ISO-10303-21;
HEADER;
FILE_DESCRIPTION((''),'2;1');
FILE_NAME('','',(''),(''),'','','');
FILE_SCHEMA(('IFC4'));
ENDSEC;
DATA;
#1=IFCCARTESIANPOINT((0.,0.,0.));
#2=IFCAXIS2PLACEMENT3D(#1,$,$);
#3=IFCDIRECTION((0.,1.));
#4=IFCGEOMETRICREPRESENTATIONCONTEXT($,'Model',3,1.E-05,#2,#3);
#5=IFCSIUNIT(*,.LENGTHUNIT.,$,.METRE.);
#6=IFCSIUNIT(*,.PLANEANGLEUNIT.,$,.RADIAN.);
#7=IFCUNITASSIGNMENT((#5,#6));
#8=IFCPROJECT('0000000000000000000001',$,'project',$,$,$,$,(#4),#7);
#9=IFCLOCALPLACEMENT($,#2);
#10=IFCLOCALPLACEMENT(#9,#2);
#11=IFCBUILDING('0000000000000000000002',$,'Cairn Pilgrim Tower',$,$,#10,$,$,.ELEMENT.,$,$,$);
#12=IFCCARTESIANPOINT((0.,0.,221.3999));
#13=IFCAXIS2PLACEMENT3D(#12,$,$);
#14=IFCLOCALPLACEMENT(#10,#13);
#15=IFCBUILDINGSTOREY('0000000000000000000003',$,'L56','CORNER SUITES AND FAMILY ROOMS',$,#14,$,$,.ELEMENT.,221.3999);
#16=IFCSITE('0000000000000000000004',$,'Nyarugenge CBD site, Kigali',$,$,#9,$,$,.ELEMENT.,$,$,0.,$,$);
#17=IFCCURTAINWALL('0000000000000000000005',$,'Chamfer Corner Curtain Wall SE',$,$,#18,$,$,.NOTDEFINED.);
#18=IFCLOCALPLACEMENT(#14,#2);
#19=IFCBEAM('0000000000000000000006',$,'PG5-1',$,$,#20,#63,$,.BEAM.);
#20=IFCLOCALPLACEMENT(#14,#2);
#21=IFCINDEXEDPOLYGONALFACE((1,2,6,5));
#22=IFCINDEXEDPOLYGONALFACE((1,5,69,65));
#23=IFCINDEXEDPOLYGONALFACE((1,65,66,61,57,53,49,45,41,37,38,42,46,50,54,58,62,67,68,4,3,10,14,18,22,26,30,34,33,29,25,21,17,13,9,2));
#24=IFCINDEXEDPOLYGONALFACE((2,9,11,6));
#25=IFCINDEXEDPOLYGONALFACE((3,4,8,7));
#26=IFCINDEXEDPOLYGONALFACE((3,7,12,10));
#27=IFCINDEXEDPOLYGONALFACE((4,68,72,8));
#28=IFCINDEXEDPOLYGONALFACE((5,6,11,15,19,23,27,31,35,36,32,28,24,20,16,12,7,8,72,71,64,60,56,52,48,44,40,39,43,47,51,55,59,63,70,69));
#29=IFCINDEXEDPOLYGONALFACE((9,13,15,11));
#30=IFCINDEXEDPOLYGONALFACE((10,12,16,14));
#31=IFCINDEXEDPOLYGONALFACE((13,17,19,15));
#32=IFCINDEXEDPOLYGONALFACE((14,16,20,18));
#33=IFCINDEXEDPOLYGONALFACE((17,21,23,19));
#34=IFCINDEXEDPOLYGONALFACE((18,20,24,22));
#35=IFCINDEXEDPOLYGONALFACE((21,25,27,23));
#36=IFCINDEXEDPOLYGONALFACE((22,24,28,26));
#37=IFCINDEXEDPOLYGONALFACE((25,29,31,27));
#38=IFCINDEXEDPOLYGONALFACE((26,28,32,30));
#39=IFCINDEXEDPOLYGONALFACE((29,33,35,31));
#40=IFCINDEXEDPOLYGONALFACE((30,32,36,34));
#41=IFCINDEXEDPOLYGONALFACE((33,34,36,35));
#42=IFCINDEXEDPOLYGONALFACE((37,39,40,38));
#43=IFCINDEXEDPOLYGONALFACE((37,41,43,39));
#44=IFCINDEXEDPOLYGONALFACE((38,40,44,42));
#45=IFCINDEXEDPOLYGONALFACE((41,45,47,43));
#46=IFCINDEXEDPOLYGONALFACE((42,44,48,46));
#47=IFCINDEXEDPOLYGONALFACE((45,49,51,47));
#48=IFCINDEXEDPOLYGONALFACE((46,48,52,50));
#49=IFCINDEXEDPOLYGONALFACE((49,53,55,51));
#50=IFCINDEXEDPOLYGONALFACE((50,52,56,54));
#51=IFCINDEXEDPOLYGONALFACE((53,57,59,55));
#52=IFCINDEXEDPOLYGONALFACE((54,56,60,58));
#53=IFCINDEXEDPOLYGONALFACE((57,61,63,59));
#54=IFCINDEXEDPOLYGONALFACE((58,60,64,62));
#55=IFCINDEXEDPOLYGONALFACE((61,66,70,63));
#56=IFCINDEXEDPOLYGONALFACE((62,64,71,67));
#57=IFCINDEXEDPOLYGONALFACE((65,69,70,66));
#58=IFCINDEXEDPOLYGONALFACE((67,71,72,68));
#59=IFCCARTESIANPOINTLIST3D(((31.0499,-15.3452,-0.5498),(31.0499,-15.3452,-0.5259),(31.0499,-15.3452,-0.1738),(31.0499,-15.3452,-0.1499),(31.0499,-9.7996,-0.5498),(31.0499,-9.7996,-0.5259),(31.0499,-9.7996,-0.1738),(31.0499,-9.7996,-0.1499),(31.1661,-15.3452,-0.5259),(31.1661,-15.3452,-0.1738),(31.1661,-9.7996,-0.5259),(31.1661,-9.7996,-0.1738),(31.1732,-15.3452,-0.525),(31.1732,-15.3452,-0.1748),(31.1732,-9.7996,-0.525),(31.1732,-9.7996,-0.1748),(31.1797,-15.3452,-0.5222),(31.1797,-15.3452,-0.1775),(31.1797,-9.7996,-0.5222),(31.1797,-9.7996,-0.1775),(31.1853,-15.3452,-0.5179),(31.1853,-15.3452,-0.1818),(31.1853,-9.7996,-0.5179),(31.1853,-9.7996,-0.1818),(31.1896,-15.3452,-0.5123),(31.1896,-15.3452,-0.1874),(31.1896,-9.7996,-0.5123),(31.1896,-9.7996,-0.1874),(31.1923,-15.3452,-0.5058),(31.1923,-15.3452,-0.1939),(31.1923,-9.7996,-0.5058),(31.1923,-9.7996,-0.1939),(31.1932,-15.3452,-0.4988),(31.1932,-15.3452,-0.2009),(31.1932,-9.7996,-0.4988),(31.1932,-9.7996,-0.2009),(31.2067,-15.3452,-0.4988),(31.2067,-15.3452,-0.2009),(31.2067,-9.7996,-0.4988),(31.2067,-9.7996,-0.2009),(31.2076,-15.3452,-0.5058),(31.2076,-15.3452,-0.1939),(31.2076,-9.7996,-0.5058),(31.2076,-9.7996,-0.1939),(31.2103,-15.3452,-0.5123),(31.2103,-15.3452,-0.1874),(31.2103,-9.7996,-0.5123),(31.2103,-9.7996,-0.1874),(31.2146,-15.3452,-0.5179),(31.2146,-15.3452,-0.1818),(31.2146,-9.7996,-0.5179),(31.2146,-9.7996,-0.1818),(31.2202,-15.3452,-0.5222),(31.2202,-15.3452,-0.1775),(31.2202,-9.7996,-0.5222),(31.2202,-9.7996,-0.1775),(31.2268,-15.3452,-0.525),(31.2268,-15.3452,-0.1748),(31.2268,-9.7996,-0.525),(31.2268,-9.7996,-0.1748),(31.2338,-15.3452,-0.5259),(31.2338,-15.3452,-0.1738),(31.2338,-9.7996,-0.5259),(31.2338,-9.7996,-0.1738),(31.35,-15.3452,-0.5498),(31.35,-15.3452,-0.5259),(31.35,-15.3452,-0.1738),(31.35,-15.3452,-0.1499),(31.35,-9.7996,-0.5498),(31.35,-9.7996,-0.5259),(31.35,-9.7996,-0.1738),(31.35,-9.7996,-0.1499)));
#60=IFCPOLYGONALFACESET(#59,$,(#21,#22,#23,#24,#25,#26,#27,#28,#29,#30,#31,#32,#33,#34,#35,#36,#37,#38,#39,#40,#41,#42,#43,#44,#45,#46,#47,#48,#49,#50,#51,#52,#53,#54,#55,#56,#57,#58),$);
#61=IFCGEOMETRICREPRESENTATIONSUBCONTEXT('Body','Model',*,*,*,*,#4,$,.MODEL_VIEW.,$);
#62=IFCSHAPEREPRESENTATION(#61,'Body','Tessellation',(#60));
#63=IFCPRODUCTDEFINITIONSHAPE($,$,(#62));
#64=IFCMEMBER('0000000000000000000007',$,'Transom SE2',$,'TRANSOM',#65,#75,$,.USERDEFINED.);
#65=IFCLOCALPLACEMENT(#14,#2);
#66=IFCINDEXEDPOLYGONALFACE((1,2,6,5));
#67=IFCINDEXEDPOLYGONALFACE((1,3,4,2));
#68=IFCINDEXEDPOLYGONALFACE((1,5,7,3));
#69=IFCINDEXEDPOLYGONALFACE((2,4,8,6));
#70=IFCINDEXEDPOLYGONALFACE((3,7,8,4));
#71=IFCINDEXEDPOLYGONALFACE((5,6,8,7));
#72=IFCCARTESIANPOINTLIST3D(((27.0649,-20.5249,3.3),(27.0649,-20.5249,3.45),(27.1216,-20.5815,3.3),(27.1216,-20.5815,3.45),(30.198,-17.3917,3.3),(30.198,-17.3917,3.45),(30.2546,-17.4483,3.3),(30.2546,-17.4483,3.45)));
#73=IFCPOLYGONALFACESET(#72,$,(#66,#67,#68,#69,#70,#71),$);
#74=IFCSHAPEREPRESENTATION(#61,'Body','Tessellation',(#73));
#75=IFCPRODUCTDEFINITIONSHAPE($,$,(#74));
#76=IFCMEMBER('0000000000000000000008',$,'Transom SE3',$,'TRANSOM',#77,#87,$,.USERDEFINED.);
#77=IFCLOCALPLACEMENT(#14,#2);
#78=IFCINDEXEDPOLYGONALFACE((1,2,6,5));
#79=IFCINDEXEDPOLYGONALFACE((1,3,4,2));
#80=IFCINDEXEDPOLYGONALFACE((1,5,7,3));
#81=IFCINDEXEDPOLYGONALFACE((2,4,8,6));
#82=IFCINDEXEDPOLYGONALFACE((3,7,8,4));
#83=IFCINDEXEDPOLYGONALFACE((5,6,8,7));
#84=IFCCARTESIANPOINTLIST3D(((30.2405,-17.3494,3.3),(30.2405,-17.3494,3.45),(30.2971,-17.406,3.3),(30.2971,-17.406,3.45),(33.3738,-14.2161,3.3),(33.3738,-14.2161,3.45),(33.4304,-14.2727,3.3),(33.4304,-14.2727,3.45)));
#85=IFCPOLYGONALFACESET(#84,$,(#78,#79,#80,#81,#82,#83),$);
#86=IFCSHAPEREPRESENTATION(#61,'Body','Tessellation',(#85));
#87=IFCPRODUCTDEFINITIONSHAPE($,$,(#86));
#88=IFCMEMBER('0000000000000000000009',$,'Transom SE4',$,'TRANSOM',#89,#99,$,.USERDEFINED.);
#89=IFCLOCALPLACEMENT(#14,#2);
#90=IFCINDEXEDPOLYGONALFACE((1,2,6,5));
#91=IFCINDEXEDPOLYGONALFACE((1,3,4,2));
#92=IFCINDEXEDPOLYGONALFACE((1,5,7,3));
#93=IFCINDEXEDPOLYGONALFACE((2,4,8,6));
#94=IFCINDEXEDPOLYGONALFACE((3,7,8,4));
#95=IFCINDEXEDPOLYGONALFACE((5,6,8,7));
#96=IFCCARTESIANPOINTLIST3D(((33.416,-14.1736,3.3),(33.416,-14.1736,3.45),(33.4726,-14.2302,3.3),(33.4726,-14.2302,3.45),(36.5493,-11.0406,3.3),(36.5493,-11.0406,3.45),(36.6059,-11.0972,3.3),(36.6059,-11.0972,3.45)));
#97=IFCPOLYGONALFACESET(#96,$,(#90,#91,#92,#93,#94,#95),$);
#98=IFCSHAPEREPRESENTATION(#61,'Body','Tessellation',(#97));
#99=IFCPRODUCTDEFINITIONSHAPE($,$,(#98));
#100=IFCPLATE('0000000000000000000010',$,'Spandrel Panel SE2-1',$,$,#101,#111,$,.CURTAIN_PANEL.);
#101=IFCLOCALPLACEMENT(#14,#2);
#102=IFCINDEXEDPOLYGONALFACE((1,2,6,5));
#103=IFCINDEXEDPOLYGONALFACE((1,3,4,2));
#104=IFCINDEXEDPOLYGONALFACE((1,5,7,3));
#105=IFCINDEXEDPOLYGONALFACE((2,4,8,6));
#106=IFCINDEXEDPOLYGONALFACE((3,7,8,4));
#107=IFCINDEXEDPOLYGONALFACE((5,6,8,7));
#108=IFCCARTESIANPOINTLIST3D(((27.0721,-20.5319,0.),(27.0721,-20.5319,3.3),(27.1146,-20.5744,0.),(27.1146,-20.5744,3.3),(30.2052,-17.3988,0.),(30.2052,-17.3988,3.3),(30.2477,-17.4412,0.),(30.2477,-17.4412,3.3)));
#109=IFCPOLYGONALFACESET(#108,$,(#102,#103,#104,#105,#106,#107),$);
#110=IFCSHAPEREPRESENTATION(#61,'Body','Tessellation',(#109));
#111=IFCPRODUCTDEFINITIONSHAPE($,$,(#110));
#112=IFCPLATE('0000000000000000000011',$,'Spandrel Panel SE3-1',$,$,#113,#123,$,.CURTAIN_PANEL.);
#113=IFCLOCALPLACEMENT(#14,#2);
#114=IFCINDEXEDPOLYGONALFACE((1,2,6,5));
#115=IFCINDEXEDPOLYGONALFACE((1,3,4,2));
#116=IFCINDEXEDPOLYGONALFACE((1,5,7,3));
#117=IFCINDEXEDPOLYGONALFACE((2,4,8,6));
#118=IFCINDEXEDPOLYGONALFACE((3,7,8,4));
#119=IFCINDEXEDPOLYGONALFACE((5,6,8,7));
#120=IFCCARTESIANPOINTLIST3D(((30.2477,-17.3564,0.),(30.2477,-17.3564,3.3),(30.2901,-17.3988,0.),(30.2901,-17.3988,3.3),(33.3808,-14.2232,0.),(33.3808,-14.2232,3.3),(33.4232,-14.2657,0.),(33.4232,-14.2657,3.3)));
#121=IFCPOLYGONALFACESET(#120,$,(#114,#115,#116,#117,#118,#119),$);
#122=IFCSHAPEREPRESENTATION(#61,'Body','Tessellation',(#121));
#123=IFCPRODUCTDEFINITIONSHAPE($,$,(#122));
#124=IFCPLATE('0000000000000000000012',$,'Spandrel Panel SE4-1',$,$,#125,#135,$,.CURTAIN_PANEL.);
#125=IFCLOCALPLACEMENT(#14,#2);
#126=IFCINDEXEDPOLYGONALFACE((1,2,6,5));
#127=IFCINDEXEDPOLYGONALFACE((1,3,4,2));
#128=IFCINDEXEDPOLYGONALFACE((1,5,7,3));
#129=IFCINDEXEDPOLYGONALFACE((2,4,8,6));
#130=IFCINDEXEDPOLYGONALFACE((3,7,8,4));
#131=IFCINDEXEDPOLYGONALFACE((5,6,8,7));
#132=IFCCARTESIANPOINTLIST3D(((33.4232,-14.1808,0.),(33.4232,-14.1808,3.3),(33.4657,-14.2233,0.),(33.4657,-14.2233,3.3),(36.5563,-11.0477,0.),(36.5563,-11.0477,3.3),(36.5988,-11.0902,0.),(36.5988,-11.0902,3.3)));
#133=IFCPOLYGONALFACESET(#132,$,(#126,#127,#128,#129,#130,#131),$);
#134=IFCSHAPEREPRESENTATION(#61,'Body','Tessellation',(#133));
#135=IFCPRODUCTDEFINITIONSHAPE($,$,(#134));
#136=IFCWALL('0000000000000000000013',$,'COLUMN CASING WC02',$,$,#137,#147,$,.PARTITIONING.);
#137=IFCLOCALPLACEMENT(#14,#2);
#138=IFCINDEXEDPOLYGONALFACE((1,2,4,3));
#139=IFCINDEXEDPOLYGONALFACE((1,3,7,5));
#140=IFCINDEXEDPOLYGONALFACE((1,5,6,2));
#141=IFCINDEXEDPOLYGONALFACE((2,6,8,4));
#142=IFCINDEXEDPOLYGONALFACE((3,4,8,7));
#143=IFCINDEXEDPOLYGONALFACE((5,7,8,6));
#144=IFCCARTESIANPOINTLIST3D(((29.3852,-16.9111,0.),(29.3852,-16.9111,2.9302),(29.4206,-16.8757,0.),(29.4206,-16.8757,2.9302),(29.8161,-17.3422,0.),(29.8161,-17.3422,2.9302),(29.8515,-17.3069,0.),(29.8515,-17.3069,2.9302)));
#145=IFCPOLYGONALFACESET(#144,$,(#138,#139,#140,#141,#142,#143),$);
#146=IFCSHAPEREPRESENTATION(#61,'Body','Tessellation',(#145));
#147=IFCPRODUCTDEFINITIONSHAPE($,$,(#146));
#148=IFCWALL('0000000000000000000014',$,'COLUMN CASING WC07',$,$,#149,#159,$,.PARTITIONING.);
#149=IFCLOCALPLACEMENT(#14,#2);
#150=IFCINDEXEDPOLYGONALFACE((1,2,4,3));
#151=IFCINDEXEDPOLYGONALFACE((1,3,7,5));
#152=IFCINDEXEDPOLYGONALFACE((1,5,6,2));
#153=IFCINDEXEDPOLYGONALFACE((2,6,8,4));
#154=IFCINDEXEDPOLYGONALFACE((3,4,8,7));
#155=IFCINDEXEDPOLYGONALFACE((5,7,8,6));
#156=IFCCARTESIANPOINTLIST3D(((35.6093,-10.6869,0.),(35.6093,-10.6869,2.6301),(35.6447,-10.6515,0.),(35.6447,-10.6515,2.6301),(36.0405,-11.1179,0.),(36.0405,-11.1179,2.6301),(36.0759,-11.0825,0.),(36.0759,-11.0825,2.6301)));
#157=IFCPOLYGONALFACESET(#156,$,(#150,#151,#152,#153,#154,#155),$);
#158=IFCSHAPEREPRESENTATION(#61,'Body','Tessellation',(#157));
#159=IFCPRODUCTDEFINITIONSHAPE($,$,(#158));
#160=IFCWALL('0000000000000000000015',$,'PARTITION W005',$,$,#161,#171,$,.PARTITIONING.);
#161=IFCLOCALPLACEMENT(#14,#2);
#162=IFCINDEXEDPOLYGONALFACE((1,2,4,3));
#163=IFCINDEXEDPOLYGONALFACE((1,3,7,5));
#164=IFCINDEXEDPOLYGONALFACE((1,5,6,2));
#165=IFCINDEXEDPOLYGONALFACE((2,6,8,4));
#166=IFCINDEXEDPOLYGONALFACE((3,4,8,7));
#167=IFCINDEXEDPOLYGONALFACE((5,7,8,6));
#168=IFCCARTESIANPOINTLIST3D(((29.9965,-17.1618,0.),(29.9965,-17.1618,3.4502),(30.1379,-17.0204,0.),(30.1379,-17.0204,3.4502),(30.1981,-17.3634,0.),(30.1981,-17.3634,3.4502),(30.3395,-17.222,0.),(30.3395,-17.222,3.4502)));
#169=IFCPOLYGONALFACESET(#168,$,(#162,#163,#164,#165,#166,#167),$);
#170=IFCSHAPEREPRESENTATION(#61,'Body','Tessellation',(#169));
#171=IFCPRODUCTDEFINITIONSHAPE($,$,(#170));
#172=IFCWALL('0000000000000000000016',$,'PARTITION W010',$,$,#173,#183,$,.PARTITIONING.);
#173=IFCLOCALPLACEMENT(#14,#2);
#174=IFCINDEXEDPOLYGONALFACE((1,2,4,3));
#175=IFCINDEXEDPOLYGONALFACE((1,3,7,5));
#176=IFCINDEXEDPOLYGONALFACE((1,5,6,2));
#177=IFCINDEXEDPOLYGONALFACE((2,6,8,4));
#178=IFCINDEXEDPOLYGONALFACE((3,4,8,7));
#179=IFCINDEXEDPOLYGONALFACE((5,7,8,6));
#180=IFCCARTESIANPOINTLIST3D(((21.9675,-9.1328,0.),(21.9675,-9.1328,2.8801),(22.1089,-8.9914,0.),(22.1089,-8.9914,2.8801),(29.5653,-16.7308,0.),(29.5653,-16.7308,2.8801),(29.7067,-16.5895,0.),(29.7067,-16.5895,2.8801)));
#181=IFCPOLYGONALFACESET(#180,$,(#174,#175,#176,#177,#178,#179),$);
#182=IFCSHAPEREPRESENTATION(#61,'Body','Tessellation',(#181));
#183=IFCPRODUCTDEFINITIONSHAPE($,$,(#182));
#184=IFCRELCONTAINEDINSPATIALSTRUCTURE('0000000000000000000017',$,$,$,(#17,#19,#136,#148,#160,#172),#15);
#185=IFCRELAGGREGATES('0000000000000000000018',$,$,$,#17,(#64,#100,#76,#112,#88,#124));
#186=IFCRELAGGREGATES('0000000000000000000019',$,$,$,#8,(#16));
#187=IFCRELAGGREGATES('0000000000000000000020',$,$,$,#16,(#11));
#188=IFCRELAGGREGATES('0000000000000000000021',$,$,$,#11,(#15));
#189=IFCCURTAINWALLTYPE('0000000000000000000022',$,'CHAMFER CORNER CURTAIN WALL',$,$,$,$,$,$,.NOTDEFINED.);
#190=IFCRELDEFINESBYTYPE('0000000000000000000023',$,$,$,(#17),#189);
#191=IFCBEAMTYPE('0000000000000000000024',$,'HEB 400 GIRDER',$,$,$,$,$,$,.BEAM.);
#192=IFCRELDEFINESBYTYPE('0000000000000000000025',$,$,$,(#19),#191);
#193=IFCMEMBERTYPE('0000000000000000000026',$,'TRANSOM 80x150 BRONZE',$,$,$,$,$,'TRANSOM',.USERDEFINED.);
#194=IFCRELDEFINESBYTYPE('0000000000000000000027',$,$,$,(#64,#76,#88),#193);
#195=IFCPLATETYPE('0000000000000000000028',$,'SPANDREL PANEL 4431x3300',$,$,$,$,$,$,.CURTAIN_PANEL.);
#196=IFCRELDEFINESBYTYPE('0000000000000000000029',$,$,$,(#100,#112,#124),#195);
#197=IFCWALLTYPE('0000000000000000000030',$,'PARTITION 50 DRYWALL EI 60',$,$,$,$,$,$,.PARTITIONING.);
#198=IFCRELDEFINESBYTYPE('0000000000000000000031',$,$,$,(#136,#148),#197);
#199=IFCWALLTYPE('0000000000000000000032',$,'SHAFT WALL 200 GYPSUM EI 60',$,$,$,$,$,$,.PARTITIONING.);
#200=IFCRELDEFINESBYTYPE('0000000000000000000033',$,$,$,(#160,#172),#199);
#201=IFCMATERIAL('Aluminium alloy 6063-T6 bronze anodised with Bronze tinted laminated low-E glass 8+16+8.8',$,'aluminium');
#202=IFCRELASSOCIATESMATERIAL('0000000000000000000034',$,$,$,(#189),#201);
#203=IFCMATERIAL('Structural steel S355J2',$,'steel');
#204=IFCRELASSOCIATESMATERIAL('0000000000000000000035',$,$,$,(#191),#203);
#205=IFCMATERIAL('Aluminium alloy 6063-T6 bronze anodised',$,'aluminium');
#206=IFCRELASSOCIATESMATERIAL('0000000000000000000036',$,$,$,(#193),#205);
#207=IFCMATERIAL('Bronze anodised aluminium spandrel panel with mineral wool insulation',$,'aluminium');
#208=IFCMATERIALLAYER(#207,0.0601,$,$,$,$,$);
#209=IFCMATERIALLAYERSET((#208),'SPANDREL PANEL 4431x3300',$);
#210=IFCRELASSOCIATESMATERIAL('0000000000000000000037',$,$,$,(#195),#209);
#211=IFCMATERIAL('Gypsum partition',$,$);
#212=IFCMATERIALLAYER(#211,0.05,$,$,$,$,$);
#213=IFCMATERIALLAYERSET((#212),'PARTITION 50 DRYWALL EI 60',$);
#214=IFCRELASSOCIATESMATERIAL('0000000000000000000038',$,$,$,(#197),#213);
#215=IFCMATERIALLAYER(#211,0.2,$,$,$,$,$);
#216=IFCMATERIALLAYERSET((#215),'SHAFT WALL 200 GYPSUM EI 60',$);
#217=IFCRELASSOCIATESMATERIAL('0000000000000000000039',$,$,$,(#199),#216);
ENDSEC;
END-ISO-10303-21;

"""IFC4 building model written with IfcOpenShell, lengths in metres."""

from ifc_helpers import new_model, si_unit, direction, frame, frame_2d, origin, origin_2d, place, context, subcontext, project, spatial, rectangle, i_section, extrude, material, layer, layer_set, material_profile, profile_set, type_object, element, aggregate, save


model = new_model("IFC4")

# Units and contexts
model_context = context("Model", 3, precision=1e-05, world=origin(), true_north=direction((0.0, 1.0)))
body_context = subcontext(model_context, "Body", "Model", "MODEL_VIEW")
ifc_project = project(units=[si_unit("LENGTHUNIT", "METRE"), si_unit("PLANEANGLEUNIT", "RADIAN")], contexts=[model_context])

# Site, building, storey
site_placement = place(None, origin())
site = spatial("IfcSite", under=ifc_project, at=site_placement, Name="Nyarugenge CBD site, Kigali", CompositionType="ELEMENT", RefElevation=0.0)
building_placement = place(site_placement, origin())
building = spatial("IfcBuilding", under=site, at=building_placement, Name="Cairn Pilgrim Tower", CompositionType="ELEMENT")
storey_placement = place(building_placement, frame((0.0, 0.0, 221.3999)))
storey = spatial("IfcBuildingStorey", under=building, at=storey_placement, Name="L56", Description="CORNER SUITES AND FAMILY ROOMS", CompositionType="ELEMENT", Elevation=221.3999)

# Shared definitions
ifc_material_1 = material(Name="Structural steel S355J2", Category="steel")

# Curtain wall
ifc_material_2 = material(Name="Aluminium alloy 6063-T6 bronze anodised with Bronze tinted laminated low-E glass 8+16+8.8", Category="aluminium")
curtain_wall_type = type_object("IfcCurtainWallType", Name="CHAMFER CORNER CURTAIN WALL", PredefinedType="NOTDEFINED", material=ifc_material_2)
curtain_wall_placement = place(storey_placement, origin())
curtain_wall = element("IfcCurtainWall", 1, at=curtain_wall_placement, inside=storey, type_object=curtain_wall_type, Name="Chamfer Corner Curtain Wall SE", PredefinedType="NOTDEFINED")
ifc_material_3 = material(Name="Aluminium alloy 6063-T6 bronze anodised", Category="aluminium")

# Beam
ifc_material_profile_1 = material_profile(ifc_material_1, i_section(OverallWidth=0.3, OverallDepth=0.3999, WebThickness=0.0134, FlangeThickness=0.0239, FilletRadius=0.0271, at=origin_2d()), Name="HEB 400")
ifc_profile_set_1 = profile_set([ifc_material_profile_1], Name="Structural steel S355J2")
beam_type_1 = type_object("IfcBeamType", Name="HEB 400 GIRDER", PredefinedType="BEAM", material=ifc_profile_set_1)
beam_1_placement = place(storey_placement, frame((31.2, -15.3452, -0.3499), z_axis=(0.0, 1.0, 0.0), x_axis=(-1.0, 0.0, 0.0)))
element("IfcBeam", 2, at=beam_1_placement, inside=storey, type_object=beam_type_1, Name="PG5-1", PredefinedType="BEAM", context=body_context, shape_type="SweptSolid", body=[
    extrude(i_section(OverallWidth=0.3, OverallDepth=0.3999, WebThickness=0.0134, FlangeThickness=0.0239, FilletRadius=0.0271, at=origin_2d()), origin(), (0.0, 0.0, 1.0), 5.5457),
])

# Members
ifc_material_profile_2 = material_profile(ifc_material_3, rectangle(XDim=0.0801, YDim=0.1499, at=origin_2d()), Name="TRANSOM 80x150 BRONZE")
ifc_profile_set_2 = profile_set([ifc_material_profile_2], Name="Aluminium alloy 6063-T6 bronze anodised")
member_type_1 = type_object("IfcMemberType", Name="TRANSOM 80x150 BRONZE", ElementType="TRANSOM", PredefinedType="USERDEFINED", material=ifc_profile_set_2)
member_1_placement = place(storey_placement, frame((27.0933, -20.5532, 3.375), z_axis=(0.707079, 0.707134, 0.0), x_axis=(-0.707134, 0.707079, 0.0)))
member_1 = element("IfcMember", 3, at=member_1_placement, type_object=member_type_1, Name="Transom SE2", ObjectType="TRANSOM", PredefinedType="USERDEFINED", context=body_context, shape_type="SweptSolid", body=[
    extrude(rectangle(XDim=0.0801, YDim=0.1499, at=origin_2d()), origin(), (0.0, 0.0, 1.0), 4.4309),
])
member_2_placement = place(storey_placement, frame((30.2688, -17.3777, 3.375), z_axis=(0.707107, 0.707107, 0.0), x_axis=(-0.707107, 0.707107, 0.0)))
member_2 = element("IfcMember", 4, at=member_2_placement, type_object=member_type_1, Name="Transom SE3", ObjectType="TRANSOM", PredefinedType="USERDEFINED", context=body_context, shape_type="SweptSolid", body=[
    extrude(rectangle(XDim=0.0801, YDim=0.1499, at=origin_2d()), origin(), (0.0, 0.0, 1.0), 4.4312),
])
member_3_placement = place(storey_placement, frame((33.4443, -14.2019, 3.375), z_axis=(0.707134, 0.707079, 0.0), x_axis=(-0.707079, 0.707134, 0.0)))
member_3 = element("IfcMember", 5, at=member_3_placement, type_object=member_type_1, Name="Transom SE4", ObjectType="TRANSOM", PredefinedType="USERDEFINED", context=body_context, shape_type="SweptSolid", body=[
    extrude(rectangle(XDim=0.0801, YDim=0.1499, at=origin_2d()), origin(), (0.0, 0.0, 1.0), 4.4309),
])

# Plates
ifc_material_4 = material(Name="Bronze anodised aluminium spandrel panel with mineral wool insulation", Category="aluminium")
ifc_layer_1 = layer(ifc_material_4, 0.0601)
ifc_layer_set_1 = layer_set([ifc_layer_1], Name="SPANDREL PANEL 4431x3300")
plate_type = type_object("IfcPlateType", Name="SPANDREL PANEL 4431x3300", PredefinedType="CURTAIN_PANEL", material=ifc_layer_set_1)
plate_1_placement = place(storey_placement, frame((28.6599, -18.9866, 0.0), z_axis=(0.0, 0.0, 1.0), x_axis=(0.707107, 0.707107, 0.0)))
plate_1 = element("IfcPlate", 6, at=plate_1_placement, type_object=plate_type, Name="Spandrel Panel SE2-1", PredefinedType="CURTAIN_PANEL", context=body_context, shape_type="SweptSolid", body=[
    extrude(rectangle(XDim=4.4309, YDim=0.0601, at=origin_2d()), origin(), (0.0, 0.0, 1.0), 3.3),
])
plate_2_placement = place(storey_placement, frame((31.8354, -15.811, 0.0), z_axis=(0.0, 0.0, 1.0), x_axis=(0.707107, 0.707107, 0.0)))
plate_2 = element("IfcPlate", 7, at=plate_2_placement, type_object=plate_type, Name="Spandrel Panel SE3-1", PredefinedType="CURTAIN_PANEL", context=body_context, shape_type="SweptSolid", body=[
    extrude(rectangle(XDim=4.4309, YDim=0.0601, at=origin_2d()), origin(), (0.0, 0.0, 1.0), 3.3),
])
plate_3_placement = place(storey_placement, frame((35.011, -12.6355, 0.0), z_axis=(0.0, 0.0, 1.0), x_axis=(0.707107, 0.707107, 0.0)))
plate_3 = element("IfcPlate", 8, at=plate_3_placement, type_object=plate_type, Name="Spandrel Panel SE4-1", PredefinedType="CURTAIN_PANEL", context=body_context, shape_type="SweptSolid", body=[
    extrude(rectangle(XDim=4.4309, YDim=0.0601, at=origin_2d()), origin(), (0.0, 0.0, 1.0), 3.3),
])
aggregate(curtain_wall, [member_1, plate_1, member_2, plate_2, member_3, plate_3])

# Walls
ifc_material_5 = material(Name="Gypsum partition")
ifc_layer_2 = layer(ifc_material_5, 0.05)
ifc_layer_set_2 = layer_set([ifc_layer_2], Name="PARTITION 50 DRYWALL EI 60")
wall_type_1 = type_object("IfcWallType", Name="PARTITION 50 DRYWALL EI 60", PredefinedType="PARTITIONING", material=ifc_layer_set_2)
wall_1_placement = place(storey_placement, frame((29.8337, -17.3245, 0.0), z_axis=(0.0, 0.0, 1.0), x_axis=(-0.706906, 0.707307, 0.0)))
element("IfcWall", 9, at=wall_1_placement, inside=storey, type_object=wall_type_1, Name="COLUMN CASING WC02", PredefinedType="PARTITIONING", context=body_context, shape_type="SweptSolid", body=[
    extrude(rectangle(XDim=0.6096, YDim=0.05, at=frame_2d((0.3047, 0.0))), origin(), (0.0, 0.0, 1.0), 2.9302),
])
wall_2_placement = place(storey_placement, frame((36.0581, -11.1001, 0.0), z_axis=(0.0, 0.0, 1.0), x_axis=(-0.707307, 0.706906, 0.0)))
element("IfcWall", 10, at=wall_2_placement, inside=storey, type_object=wall_type_1, Name="COLUMN CASING WC07", PredefinedType="PARTITIONING", context=body_context, shape_type="SweptSolid", body=[
    extrude(rectangle(XDim=0.6096, YDim=0.05, at=frame_2d((0.3047, 0.0))), origin(), (0.0, 0.0, 1.0), 2.6301),
])
ifc_layer_3 = layer(ifc_material_5, 0.2)
ifc_layer_set_3 = layer_set([ifc_layer_3], Name="SHAFT WALL 200 GYPSUM EI 60")
wall_type_2 = type_object("IfcWallType", Name="SHAFT WALL 200 GYPSUM EI 60", PredefinedType="PARTITIONING", material=ifc_layer_set_3)
wall_3_placement = place(storey_placement, frame((30.2688, -17.2927, 0.0), z_axis=(0.0, 0.0, 1.0), x_axis=(-0.707107, 0.707107, 0.0)))
element("IfcWall", 11, at=wall_3_placement, inside=storey, type_object=wall_type_2, Name="PARTITION W005", PredefinedType="PARTITIONING", context=body_context, shape_type="SweptSolid", body=[
    extrude(rectangle(XDim=0.2852, YDim=0.2, at=frame_2d((0.1426, 0.0))), origin(), (0.0, 0.0, 1.0), 3.4502),
])
wall_4_placement = place(storey_placement, frame((29.636, -16.6602, 0.0), z_axis=(0.0, 0.0, 1.0), x_axis=(-0.707095, 0.707118, 0.0)))
element("IfcWall", 12, at=wall_4_placement, inside=storey, type_object=wall_type_2, Name="PARTITION W010", PredefinedType="PARTITIONING", context=body_context, shape_type="SweptSolid", body=[
    extrude(rectangle(XDim=10.7451, YDim=0.2, at=frame_2d((5.3726, 0.0))), origin(), (0.0, 0.0, 1.0), 2.8801),
])

save(model, "model.ifc")
